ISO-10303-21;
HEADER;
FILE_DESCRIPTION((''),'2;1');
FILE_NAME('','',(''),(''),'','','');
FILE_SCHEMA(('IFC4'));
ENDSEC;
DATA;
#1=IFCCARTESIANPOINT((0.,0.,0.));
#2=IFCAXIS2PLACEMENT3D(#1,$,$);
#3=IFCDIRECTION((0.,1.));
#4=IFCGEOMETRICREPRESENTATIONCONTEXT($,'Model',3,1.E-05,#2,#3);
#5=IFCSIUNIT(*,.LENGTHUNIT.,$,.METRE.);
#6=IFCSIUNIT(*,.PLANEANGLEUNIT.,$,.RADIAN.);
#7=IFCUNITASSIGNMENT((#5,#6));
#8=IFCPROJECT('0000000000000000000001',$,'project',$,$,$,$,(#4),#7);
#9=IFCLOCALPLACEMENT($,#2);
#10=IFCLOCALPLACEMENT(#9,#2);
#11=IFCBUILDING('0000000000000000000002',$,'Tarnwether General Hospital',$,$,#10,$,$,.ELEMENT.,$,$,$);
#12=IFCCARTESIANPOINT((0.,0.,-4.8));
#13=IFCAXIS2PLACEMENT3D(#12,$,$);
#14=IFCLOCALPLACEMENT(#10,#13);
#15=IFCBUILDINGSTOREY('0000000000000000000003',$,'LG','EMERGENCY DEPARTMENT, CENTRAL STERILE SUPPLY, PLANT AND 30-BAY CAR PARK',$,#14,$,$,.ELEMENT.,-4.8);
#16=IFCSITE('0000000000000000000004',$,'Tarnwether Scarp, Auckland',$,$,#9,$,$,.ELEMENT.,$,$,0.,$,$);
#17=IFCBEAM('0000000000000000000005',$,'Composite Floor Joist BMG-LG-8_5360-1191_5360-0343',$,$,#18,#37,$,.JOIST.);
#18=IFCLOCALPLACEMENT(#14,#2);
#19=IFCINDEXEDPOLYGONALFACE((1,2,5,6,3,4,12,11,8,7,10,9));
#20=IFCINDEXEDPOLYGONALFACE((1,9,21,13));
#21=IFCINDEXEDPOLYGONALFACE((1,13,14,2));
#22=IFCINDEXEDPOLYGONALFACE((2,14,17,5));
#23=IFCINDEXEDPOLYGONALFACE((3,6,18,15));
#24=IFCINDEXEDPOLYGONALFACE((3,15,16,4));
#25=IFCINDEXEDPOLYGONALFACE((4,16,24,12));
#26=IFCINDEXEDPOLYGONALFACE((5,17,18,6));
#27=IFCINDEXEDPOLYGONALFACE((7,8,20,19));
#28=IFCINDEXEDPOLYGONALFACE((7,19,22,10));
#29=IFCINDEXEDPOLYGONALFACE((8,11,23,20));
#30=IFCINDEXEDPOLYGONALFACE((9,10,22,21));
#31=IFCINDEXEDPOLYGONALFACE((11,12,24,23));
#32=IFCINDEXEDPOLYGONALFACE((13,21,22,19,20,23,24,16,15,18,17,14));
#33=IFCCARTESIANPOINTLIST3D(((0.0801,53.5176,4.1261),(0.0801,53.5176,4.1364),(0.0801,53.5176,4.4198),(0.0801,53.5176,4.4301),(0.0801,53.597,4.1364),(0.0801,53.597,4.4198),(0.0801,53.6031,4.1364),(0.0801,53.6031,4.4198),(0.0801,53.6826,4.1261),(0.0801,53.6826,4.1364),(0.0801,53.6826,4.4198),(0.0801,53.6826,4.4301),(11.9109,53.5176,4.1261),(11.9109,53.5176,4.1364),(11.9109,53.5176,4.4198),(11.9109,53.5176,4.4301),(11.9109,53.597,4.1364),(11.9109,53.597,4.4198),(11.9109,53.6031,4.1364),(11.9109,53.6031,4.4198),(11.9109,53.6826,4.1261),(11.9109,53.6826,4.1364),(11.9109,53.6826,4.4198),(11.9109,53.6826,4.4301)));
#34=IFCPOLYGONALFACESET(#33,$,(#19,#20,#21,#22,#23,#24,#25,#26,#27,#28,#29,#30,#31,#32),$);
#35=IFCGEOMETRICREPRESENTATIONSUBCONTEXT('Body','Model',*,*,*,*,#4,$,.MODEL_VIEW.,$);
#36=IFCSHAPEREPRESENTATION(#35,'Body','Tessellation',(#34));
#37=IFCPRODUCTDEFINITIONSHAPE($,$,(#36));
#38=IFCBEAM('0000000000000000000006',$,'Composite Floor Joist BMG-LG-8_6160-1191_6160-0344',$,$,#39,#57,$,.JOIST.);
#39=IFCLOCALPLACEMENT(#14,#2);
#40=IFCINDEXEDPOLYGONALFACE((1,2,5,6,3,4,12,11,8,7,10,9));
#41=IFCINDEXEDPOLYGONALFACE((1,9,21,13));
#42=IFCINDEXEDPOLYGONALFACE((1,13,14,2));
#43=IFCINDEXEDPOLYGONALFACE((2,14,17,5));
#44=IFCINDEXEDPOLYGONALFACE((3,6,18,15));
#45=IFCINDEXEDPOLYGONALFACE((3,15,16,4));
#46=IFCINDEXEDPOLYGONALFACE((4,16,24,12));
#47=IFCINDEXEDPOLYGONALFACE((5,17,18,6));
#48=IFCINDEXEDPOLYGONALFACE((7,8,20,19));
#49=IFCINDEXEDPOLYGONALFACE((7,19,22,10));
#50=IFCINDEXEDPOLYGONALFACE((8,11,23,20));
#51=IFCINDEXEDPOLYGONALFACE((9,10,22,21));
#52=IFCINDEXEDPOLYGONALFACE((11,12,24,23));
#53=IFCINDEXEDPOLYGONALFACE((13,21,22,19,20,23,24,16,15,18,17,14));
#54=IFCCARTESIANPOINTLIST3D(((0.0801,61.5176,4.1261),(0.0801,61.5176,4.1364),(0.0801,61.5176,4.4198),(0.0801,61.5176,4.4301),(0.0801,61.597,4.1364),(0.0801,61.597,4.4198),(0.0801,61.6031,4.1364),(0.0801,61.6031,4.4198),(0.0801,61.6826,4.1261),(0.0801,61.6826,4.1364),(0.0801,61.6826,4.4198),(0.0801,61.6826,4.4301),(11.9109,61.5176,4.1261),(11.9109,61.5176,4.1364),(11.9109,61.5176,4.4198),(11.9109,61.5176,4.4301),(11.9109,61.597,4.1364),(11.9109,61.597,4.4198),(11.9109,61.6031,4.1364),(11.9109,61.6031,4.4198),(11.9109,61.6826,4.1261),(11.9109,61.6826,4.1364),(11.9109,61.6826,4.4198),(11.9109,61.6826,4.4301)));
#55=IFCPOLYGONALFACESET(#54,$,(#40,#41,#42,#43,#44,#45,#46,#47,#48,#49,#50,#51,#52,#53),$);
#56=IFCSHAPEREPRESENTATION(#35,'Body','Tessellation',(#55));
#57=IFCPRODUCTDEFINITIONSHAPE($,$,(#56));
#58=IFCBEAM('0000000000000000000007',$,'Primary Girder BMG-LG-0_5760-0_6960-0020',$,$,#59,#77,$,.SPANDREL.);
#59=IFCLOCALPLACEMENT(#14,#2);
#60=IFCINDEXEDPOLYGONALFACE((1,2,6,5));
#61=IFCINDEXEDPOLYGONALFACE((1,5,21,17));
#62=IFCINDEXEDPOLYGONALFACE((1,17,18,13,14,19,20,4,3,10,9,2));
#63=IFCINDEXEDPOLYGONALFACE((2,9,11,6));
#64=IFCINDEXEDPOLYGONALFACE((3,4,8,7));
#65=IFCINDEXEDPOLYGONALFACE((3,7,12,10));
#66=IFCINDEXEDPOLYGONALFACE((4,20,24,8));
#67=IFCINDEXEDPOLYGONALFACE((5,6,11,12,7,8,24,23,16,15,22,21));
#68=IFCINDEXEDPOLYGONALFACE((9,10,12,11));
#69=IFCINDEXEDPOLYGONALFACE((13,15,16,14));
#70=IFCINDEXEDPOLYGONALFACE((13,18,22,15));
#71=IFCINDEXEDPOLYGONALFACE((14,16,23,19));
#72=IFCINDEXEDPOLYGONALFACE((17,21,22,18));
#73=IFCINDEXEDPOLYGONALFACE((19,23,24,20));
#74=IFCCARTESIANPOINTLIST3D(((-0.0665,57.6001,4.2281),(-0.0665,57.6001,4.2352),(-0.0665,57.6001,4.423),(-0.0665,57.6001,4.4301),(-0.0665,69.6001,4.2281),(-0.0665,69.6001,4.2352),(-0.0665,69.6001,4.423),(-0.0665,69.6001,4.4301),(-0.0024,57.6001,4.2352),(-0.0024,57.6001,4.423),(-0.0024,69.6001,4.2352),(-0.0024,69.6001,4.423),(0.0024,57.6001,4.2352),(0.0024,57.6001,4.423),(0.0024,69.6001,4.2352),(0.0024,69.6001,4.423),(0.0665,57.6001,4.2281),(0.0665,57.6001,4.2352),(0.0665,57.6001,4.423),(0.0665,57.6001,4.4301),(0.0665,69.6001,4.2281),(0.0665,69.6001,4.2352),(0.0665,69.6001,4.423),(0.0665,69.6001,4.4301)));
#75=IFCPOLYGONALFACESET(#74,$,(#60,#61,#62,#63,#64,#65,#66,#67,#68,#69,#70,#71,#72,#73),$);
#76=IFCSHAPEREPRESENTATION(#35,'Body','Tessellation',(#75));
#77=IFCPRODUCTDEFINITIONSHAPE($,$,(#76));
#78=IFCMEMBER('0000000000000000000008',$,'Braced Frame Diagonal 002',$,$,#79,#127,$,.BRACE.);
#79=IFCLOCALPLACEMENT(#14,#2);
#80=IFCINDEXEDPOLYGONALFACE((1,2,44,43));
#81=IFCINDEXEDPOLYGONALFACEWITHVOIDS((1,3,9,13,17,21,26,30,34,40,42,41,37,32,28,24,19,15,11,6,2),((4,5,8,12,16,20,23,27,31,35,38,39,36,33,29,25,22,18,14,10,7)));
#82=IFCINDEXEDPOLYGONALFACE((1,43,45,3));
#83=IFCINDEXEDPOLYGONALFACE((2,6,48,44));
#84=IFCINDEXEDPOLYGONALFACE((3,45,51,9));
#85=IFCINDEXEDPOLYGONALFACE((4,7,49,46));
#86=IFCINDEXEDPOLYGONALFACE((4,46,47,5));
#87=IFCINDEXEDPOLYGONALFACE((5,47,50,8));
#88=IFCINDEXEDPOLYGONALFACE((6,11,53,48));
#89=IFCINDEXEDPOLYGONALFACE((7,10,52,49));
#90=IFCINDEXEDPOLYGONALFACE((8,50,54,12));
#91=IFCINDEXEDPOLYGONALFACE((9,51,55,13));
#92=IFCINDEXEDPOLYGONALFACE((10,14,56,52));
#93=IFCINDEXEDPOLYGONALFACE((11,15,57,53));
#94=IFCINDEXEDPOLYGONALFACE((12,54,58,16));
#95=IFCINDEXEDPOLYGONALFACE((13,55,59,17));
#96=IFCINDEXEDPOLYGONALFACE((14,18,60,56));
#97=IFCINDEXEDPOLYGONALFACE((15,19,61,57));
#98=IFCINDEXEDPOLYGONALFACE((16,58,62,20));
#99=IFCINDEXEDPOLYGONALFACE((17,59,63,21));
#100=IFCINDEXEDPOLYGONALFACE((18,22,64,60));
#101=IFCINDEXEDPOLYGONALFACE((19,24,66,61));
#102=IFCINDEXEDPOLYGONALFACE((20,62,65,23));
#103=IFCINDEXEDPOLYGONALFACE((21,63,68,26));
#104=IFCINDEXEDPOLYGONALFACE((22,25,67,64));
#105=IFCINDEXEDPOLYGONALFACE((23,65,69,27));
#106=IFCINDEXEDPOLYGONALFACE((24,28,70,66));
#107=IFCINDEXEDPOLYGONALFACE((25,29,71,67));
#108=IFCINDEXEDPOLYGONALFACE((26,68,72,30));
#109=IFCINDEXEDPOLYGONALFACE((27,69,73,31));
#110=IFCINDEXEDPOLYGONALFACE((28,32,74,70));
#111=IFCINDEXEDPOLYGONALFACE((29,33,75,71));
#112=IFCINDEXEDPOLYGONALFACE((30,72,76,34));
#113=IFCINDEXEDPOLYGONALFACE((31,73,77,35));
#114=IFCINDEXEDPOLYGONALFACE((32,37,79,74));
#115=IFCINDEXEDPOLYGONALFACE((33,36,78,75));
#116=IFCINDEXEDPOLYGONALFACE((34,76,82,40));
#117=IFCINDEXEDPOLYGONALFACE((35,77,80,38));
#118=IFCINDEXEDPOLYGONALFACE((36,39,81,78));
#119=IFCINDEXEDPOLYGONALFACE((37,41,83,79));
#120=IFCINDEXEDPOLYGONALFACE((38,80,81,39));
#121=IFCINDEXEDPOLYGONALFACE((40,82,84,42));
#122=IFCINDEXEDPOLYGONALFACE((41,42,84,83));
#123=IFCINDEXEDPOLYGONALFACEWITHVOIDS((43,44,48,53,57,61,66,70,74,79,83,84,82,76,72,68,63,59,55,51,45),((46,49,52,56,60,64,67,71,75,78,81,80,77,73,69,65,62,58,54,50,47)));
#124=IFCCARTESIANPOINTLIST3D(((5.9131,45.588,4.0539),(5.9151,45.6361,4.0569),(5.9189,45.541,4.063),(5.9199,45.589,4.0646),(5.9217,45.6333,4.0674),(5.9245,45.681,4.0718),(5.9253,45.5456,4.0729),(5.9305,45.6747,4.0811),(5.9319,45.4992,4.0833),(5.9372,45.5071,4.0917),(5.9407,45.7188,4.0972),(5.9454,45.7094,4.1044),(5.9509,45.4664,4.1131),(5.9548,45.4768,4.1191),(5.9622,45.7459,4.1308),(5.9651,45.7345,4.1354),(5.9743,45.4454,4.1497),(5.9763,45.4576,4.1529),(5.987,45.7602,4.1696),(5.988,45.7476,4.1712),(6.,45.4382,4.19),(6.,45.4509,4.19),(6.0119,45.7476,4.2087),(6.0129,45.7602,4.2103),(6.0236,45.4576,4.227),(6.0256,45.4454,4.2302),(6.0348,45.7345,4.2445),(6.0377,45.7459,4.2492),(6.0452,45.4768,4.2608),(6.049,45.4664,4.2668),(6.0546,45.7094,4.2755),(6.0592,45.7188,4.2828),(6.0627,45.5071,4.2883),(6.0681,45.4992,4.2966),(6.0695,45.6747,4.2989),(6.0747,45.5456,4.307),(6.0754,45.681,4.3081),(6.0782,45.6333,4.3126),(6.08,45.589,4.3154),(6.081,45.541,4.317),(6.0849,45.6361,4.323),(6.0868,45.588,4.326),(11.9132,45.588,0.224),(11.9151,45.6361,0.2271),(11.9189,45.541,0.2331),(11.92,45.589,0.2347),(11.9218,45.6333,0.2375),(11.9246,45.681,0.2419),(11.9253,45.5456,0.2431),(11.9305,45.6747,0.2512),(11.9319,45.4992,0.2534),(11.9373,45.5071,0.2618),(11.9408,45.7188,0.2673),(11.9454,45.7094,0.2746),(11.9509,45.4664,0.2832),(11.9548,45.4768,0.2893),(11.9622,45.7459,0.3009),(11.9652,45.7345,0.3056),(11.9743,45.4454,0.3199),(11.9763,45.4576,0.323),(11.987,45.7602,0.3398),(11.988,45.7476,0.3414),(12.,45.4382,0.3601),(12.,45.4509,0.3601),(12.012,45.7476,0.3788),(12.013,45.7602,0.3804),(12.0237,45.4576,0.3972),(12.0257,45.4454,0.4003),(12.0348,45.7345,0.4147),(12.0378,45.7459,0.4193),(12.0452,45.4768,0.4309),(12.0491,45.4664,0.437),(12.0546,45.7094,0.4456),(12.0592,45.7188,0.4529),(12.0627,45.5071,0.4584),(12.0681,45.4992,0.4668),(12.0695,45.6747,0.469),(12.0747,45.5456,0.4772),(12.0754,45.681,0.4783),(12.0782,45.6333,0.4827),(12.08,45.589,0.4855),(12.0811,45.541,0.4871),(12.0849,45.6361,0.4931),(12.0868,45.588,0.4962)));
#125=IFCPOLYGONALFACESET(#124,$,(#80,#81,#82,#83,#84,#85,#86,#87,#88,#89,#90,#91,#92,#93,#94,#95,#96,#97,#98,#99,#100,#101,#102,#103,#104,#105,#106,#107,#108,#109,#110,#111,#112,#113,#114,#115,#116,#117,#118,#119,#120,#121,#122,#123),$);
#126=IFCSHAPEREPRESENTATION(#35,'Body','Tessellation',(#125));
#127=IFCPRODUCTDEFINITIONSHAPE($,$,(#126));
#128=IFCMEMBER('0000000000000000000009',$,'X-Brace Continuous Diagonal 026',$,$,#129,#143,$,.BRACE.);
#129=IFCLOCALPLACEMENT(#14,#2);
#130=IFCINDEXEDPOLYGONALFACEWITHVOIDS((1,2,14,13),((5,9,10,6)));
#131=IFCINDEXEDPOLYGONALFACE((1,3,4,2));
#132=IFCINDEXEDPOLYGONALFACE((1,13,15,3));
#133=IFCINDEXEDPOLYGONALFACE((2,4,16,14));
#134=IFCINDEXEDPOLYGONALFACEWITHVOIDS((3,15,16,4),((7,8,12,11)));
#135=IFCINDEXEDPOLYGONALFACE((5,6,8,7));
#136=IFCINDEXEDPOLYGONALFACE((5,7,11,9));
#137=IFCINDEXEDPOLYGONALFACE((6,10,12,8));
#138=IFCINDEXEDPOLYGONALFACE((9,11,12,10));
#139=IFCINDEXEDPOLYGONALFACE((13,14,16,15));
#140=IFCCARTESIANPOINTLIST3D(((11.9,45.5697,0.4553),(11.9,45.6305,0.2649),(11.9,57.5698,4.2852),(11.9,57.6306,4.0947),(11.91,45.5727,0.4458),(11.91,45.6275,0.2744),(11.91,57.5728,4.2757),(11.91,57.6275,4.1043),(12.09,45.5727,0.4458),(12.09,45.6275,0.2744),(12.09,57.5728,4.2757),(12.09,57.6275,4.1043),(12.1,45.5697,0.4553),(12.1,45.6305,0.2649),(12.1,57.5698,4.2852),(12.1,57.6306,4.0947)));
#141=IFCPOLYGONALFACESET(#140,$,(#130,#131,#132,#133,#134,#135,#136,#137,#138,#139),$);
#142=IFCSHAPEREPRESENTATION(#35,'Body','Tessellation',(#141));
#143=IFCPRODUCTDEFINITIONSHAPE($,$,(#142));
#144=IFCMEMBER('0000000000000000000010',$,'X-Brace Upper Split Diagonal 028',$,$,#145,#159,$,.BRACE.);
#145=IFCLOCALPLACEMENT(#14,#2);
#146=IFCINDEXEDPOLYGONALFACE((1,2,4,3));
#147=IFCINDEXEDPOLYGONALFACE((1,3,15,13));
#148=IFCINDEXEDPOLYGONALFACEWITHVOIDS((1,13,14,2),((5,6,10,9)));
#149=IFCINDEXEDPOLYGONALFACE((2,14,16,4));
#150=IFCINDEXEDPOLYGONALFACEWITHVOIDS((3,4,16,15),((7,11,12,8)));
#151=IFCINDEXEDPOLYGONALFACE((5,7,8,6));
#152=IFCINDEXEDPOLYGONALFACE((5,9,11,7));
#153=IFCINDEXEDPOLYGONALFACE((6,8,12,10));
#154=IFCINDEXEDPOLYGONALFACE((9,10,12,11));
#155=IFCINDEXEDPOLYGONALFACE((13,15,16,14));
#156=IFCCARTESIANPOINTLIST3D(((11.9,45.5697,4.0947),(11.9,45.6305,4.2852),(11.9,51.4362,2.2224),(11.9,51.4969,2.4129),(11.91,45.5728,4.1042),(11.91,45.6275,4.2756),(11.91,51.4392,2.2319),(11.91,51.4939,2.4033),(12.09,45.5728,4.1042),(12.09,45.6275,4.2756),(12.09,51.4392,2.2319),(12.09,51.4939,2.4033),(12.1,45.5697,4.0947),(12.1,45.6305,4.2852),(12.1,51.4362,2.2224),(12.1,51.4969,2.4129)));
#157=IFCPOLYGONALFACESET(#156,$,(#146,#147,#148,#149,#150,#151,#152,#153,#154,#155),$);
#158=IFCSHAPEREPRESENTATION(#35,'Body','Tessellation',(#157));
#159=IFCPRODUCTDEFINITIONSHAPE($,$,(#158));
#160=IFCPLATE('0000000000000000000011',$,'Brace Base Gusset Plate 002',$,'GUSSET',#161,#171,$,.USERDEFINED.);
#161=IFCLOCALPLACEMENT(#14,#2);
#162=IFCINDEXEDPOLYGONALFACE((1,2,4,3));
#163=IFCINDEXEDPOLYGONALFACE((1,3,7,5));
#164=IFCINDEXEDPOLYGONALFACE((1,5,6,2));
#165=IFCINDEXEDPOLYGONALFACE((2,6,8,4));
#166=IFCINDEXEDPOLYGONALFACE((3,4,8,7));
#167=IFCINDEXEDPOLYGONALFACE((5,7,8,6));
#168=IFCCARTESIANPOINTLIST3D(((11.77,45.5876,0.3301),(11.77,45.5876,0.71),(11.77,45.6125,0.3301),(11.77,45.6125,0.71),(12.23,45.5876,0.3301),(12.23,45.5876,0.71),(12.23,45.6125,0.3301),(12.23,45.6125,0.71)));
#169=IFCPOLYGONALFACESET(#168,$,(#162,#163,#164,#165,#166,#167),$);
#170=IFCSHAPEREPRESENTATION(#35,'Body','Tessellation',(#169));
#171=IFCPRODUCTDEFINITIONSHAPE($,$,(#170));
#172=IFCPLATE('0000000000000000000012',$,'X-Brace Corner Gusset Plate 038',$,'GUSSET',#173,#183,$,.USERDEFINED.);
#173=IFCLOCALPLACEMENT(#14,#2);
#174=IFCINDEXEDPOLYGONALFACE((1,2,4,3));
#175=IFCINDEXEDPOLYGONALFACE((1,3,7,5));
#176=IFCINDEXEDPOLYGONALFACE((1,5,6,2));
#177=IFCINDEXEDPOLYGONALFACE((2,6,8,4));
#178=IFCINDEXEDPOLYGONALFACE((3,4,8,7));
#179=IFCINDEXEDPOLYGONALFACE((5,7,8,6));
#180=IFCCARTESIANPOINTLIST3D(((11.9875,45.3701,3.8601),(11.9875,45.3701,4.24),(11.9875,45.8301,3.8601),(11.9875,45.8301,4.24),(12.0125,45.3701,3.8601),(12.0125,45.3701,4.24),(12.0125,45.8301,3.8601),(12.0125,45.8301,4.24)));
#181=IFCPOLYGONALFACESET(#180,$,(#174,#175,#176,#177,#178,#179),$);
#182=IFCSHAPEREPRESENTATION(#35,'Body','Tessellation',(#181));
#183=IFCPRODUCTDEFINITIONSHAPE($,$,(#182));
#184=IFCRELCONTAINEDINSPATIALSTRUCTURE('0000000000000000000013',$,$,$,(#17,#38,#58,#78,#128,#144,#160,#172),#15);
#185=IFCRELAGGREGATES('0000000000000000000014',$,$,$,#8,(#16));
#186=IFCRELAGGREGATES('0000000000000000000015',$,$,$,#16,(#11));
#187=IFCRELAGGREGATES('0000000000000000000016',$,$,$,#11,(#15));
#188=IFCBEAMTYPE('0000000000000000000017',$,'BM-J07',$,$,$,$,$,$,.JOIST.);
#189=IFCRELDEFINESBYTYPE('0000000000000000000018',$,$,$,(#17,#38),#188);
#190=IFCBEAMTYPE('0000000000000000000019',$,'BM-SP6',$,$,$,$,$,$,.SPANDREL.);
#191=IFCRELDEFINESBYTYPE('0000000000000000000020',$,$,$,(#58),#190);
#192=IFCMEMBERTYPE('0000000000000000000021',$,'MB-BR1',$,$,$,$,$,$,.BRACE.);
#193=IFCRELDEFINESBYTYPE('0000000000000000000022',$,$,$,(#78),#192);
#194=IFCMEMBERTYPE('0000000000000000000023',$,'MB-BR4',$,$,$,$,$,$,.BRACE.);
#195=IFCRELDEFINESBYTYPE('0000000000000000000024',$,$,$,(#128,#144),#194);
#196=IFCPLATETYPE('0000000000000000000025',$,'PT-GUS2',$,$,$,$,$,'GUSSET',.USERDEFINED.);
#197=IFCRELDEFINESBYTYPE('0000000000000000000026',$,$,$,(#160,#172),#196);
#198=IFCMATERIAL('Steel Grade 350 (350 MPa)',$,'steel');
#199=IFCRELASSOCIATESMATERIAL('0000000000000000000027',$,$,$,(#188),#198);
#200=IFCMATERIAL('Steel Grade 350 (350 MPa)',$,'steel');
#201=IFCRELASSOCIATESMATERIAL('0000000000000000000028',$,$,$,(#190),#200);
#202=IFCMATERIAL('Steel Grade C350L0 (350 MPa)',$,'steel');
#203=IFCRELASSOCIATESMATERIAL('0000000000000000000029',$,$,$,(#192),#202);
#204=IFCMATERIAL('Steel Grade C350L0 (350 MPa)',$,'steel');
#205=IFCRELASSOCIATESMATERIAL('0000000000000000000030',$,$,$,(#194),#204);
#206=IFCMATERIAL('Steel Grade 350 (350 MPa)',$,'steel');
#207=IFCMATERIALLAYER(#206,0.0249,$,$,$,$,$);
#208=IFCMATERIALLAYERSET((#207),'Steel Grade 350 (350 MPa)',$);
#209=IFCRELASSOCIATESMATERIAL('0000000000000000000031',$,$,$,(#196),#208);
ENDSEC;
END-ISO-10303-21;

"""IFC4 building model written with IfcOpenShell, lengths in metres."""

from ifc_helpers import new_model, si_unit, direction, frame, origin, origin_2d, place, context, subcontext, project, spatial, rectangle, hollow_rectangle, hollow_circle, i_section, extrude, material, layer, layer_set, material_profile, profile_set, type_object, element, save


model = new_model("IFC4")

# Units and contexts
model_context = context("Model", 3, precision=1e-05, world=origin(), true_north=direction((0.0, 1.0)))
body_context = subcontext(model_context, "Body", "Model", "MODEL_VIEW")
ifc_project = project(units=[si_unit("LENGTHUNIT", "METRE"), si_unit("PLANEANGLEUNIT", "RADIAN")], contexts=[model_context])

# Site, building, storey
site_placement = place(None, origin())
site = spatial("IfcSite", under=ifc_project, at=site_placement, Name="Tarnwether Scarp, Auckland", CompositionType="ELEMENT", RefElevation=0.0)
building_placement = place(site_placement, origin())
building = spatial("IfcBuilding", under=site, at=building_placement, Name="Tarnwether General Hospital", CompositionType="ELEMENT")
storey_placement = place(building_placement, frame((0.0, 0.0, -4.8)))
storey = spatial("IfcBuildingStorey", under=building, at=storey_placement, Name="LG", Description="EMERGENCY DEPARTMENT, CENTRAL STERILE SUPPLY, PLANT AND 30-BAY CAR PARK", CompositionType="ELEMENT", Elevation=-4.8)

# Beams
ifc_material_1 = material(Name="Steel Grade 350 (350 MPa)", Category="steel")
ifc_material_profile_1 = material_profile(ifc_material_1, i_section(OverallWidth=0.165, OverallDepth=0.304, WebThickness=0.0061, FlangeThickness=0.0103, at=origin_2d()), Name="310UB40.4")
ifc_profile_set_1 = profile_set([ifc_material_profile_1], Name="Steel Grade 350 (350 MPa)")
beam_type_1 = type_object("IfcBeamType", Name="BM-J07", PredefinedType="JOIST", material=ifc_profile_set_1)
for number, where, z_axis, x_axis, name in (
    (1, (0.0801, 53.6001, 4.2781), (1.0, 0.0, 0.0), (0.0, 1.0, 0.0), "Composite Floor Joist BMG-LG-8_5360-1191_5360-0343"),
    (2, (0.0801, 61.6001, 4.2781), (1.0, 0.0, 0.0), (0.0, 1.0, 0.0), "Composite Floor Joist BMG-LG-8_6160-1191_6160-0344"),
):
    element("IfcBeam", number, at=place(storey_placement, frame(where, z_axis=z_axis, x_axis=x_axis)), inside=storey, type_object=beam_type_1, Name=name, PredefinedType="JOIST", context=body_context, shape_type="SweptSolid", body=[
        extrude(i_section(OverallWidth=0.165, OverallDepth=0.304, WebThickness=0.0061, FlangeThickness=0.0103, at=origin_2d()), origin(), (0.0, 0.0, 1.0), 11.8308),
    ])
ifc_material_2 = material(Name="Steel Grade 350 (350 MPa)", Category="steel")
ifc_material_profile_2 = material_profile(ifc_material_2, i_section(OverallWidth=0.1331, OverallDepth=0.2019, WebThickness=0.0049, FlangeThickness=0.0071, at=origin_2d()), Name="200UB22.3")
ifc_profile_set_2 = profile_set([ifc_material_profile_2], Name="Steel Grade 350 (350 MPa)")
beam_type_2 = type_object("IfcBeamType", Name="BM-SP6", PredefinedType="SPANDREL", material=ifc_profile_set_2)
beam_1_placement = place(storey_placement, frame((0.0, 57.6001, 4.3291), z_axis=(0.0, 1.0, 0.0), x_axis=(-1.0, 0.0, 0.0)))
element("IfcBeam", 3, at=beam_1_placement, inside=storey, type_object=beam_type_2, Name="Primary Girder BMG-LG-0_5760-0_6960-0020", PredefinedType="SPANDREL", context=body_context, shape_type="SweptSolid", body=[
    extrude(i_section(OverallWidth=0.1331, OverallDepth=0.2019, WebThickness=0.0049, FlangeThickness=0.0071, at=origin_2d()), origin(), (0.0, 0.0, 1.0), 12.0),
])

# Members
ifc_material_3 = material(Name="Steel Grade C350L0 (350 MPa)", Category="steel")
ifc_material_profile_3 = material_profile(ifc_material_3, hollow_circle(Radius=0.1619, WallThickness=0.0127, at=origin_2d()), Name="CHS323.9x12.7")
ifc_profile_set_3 = profile_set([ifc_material_profile_3], Name="Steel Grade C350L0 (350 MPa)")
member_type_1 = type_object("IfcMemberType", Name="MB-BR1", PredefinedType="BRACE", material=ifc_profile_set_3)
member_1_placement = place(storey_placement, frame((12.0, 45.6001, 0.3601), z_axis=(-0.842919, 0.0, 0.53804), x_axis=(0.0, -1.0, 0.0)))
element("IfcMember", 4, at=member_1_placement, inside=storey, type_object=member_type_1, Name="Braced Frame Diagonal 002", PredefinedType="BRACE", context=body_context, shape_type="SweptSolid", body=[
    extrude(hollow_circle(Radius=0.1619, WallThickness=0.0127, at=origin_2d()), origin(), (0.0, 0.0, 1.0), 7.1182),
])
ifc_material_4 = material(Name="Steel Grade C350L0 (350 MPa)", Category="steel")
ifc_material_profile_4 = material_profile(ifc_material_4, hollow_rectangle(XDim=0.2, YDim=0.2, WallThickness=0.01, at=origin_2d()), Name="SHS200x200x10")
ifc_profile_set_4 = profile_set([ifc_material_profile_4], Name="Steel Grade C350L0 (350 MPa)")
member_type_2 = type_object("IfcMemberType", Name="MB-BR4", PredefinedType="BRACE", material=ifc_profile_set_4)
member_2_placement = place(storey_placement, frame((12.0, 45.6001, 0.3601), z_axis=(0.0, 0.952658, 0.304044), x_axis=(-1.0, 0.0, 0.0)))
element("IfcMember", 5, at=member_2_placement, inside=storey, type_object=member_type_2, Name="X-Brace Continuous Diagonal 026", PredefinedType="BRACE", context=body_context, shape_type="SweptSolid", body=[
    extrude(hollow_rectangle(XDim=0.2, YDim=0.2, WallThickness=0.01, at=origin_2d()), origin(), (0.0, 0.0, 1.0), 12.5964),
])
member_3_placement = place(storey_placement, frame((12.0, 51.4666, 2.3176), z_axis=(0.0, -0.952657, 0.304046), x_axis=(1.0, 0.0, 0.0)))
element("IfcMember", 6, at=member_3_placement, inside=storey, type_object=member_type_2, Name="X-Brace Upper Split Diagonal 028", PredefinedType="BRACE", context=body_context, shape_type="SweptSolid", body=[
    extrude(hollow_rectangle(XDim=0.2, YDim=0.2, WallThickness=0.01, at=origin_2d()), origin(), (0.0, 0.0, 1.0), 6.158),
])

# Plates
ifc_material_5 = material(Name="Steel Grade 350 (350 MPa)", Category="steel")
ifc_layer = layer(ifc_material_5, 0.0249)
ifc_layer_set = layer_set([ifc_layer], Name="Steel Grade 350 (350 MPa)")
plate_type = type_object("IfcPlateType", Name="PT-GUS2", ElementType="GUSSET", PredefinedType="USERDEFINED", material=ifc_layer_set)
for number, where, z_axis, x_axis, name in (
    (7, (12.0, 45.6001, 0.3301), (0.0, 0.0, 1.0), (1.0, 0.0, 0.0), "Brace Base Gusset Plate 002"),
    (8, (12.0, 45.6001, 3.8601), (0.0, 0.0, 1.0), (0.0, 1.0, 0.0), "X-Brace Corner Gusset Plate 038"),
):
    element("IfcPlate", number, at=place(storey_placement, frame(where, z_axis=z_axis, x_axis=x_axis)), inside=storey, type_object=plate_type, Name=name, ObjectType="GUSSET", PredefinedType="USERDEFINED", context=body_context, shape_type="SweptSolid", body=[
        extrude(rectangle(XDim=0.46, YDim=0.0249, at=origin_2d()), origin(), (0.0, 0.0, 1.0), 0.3799),
    ])

save(model, "model.ifc")
